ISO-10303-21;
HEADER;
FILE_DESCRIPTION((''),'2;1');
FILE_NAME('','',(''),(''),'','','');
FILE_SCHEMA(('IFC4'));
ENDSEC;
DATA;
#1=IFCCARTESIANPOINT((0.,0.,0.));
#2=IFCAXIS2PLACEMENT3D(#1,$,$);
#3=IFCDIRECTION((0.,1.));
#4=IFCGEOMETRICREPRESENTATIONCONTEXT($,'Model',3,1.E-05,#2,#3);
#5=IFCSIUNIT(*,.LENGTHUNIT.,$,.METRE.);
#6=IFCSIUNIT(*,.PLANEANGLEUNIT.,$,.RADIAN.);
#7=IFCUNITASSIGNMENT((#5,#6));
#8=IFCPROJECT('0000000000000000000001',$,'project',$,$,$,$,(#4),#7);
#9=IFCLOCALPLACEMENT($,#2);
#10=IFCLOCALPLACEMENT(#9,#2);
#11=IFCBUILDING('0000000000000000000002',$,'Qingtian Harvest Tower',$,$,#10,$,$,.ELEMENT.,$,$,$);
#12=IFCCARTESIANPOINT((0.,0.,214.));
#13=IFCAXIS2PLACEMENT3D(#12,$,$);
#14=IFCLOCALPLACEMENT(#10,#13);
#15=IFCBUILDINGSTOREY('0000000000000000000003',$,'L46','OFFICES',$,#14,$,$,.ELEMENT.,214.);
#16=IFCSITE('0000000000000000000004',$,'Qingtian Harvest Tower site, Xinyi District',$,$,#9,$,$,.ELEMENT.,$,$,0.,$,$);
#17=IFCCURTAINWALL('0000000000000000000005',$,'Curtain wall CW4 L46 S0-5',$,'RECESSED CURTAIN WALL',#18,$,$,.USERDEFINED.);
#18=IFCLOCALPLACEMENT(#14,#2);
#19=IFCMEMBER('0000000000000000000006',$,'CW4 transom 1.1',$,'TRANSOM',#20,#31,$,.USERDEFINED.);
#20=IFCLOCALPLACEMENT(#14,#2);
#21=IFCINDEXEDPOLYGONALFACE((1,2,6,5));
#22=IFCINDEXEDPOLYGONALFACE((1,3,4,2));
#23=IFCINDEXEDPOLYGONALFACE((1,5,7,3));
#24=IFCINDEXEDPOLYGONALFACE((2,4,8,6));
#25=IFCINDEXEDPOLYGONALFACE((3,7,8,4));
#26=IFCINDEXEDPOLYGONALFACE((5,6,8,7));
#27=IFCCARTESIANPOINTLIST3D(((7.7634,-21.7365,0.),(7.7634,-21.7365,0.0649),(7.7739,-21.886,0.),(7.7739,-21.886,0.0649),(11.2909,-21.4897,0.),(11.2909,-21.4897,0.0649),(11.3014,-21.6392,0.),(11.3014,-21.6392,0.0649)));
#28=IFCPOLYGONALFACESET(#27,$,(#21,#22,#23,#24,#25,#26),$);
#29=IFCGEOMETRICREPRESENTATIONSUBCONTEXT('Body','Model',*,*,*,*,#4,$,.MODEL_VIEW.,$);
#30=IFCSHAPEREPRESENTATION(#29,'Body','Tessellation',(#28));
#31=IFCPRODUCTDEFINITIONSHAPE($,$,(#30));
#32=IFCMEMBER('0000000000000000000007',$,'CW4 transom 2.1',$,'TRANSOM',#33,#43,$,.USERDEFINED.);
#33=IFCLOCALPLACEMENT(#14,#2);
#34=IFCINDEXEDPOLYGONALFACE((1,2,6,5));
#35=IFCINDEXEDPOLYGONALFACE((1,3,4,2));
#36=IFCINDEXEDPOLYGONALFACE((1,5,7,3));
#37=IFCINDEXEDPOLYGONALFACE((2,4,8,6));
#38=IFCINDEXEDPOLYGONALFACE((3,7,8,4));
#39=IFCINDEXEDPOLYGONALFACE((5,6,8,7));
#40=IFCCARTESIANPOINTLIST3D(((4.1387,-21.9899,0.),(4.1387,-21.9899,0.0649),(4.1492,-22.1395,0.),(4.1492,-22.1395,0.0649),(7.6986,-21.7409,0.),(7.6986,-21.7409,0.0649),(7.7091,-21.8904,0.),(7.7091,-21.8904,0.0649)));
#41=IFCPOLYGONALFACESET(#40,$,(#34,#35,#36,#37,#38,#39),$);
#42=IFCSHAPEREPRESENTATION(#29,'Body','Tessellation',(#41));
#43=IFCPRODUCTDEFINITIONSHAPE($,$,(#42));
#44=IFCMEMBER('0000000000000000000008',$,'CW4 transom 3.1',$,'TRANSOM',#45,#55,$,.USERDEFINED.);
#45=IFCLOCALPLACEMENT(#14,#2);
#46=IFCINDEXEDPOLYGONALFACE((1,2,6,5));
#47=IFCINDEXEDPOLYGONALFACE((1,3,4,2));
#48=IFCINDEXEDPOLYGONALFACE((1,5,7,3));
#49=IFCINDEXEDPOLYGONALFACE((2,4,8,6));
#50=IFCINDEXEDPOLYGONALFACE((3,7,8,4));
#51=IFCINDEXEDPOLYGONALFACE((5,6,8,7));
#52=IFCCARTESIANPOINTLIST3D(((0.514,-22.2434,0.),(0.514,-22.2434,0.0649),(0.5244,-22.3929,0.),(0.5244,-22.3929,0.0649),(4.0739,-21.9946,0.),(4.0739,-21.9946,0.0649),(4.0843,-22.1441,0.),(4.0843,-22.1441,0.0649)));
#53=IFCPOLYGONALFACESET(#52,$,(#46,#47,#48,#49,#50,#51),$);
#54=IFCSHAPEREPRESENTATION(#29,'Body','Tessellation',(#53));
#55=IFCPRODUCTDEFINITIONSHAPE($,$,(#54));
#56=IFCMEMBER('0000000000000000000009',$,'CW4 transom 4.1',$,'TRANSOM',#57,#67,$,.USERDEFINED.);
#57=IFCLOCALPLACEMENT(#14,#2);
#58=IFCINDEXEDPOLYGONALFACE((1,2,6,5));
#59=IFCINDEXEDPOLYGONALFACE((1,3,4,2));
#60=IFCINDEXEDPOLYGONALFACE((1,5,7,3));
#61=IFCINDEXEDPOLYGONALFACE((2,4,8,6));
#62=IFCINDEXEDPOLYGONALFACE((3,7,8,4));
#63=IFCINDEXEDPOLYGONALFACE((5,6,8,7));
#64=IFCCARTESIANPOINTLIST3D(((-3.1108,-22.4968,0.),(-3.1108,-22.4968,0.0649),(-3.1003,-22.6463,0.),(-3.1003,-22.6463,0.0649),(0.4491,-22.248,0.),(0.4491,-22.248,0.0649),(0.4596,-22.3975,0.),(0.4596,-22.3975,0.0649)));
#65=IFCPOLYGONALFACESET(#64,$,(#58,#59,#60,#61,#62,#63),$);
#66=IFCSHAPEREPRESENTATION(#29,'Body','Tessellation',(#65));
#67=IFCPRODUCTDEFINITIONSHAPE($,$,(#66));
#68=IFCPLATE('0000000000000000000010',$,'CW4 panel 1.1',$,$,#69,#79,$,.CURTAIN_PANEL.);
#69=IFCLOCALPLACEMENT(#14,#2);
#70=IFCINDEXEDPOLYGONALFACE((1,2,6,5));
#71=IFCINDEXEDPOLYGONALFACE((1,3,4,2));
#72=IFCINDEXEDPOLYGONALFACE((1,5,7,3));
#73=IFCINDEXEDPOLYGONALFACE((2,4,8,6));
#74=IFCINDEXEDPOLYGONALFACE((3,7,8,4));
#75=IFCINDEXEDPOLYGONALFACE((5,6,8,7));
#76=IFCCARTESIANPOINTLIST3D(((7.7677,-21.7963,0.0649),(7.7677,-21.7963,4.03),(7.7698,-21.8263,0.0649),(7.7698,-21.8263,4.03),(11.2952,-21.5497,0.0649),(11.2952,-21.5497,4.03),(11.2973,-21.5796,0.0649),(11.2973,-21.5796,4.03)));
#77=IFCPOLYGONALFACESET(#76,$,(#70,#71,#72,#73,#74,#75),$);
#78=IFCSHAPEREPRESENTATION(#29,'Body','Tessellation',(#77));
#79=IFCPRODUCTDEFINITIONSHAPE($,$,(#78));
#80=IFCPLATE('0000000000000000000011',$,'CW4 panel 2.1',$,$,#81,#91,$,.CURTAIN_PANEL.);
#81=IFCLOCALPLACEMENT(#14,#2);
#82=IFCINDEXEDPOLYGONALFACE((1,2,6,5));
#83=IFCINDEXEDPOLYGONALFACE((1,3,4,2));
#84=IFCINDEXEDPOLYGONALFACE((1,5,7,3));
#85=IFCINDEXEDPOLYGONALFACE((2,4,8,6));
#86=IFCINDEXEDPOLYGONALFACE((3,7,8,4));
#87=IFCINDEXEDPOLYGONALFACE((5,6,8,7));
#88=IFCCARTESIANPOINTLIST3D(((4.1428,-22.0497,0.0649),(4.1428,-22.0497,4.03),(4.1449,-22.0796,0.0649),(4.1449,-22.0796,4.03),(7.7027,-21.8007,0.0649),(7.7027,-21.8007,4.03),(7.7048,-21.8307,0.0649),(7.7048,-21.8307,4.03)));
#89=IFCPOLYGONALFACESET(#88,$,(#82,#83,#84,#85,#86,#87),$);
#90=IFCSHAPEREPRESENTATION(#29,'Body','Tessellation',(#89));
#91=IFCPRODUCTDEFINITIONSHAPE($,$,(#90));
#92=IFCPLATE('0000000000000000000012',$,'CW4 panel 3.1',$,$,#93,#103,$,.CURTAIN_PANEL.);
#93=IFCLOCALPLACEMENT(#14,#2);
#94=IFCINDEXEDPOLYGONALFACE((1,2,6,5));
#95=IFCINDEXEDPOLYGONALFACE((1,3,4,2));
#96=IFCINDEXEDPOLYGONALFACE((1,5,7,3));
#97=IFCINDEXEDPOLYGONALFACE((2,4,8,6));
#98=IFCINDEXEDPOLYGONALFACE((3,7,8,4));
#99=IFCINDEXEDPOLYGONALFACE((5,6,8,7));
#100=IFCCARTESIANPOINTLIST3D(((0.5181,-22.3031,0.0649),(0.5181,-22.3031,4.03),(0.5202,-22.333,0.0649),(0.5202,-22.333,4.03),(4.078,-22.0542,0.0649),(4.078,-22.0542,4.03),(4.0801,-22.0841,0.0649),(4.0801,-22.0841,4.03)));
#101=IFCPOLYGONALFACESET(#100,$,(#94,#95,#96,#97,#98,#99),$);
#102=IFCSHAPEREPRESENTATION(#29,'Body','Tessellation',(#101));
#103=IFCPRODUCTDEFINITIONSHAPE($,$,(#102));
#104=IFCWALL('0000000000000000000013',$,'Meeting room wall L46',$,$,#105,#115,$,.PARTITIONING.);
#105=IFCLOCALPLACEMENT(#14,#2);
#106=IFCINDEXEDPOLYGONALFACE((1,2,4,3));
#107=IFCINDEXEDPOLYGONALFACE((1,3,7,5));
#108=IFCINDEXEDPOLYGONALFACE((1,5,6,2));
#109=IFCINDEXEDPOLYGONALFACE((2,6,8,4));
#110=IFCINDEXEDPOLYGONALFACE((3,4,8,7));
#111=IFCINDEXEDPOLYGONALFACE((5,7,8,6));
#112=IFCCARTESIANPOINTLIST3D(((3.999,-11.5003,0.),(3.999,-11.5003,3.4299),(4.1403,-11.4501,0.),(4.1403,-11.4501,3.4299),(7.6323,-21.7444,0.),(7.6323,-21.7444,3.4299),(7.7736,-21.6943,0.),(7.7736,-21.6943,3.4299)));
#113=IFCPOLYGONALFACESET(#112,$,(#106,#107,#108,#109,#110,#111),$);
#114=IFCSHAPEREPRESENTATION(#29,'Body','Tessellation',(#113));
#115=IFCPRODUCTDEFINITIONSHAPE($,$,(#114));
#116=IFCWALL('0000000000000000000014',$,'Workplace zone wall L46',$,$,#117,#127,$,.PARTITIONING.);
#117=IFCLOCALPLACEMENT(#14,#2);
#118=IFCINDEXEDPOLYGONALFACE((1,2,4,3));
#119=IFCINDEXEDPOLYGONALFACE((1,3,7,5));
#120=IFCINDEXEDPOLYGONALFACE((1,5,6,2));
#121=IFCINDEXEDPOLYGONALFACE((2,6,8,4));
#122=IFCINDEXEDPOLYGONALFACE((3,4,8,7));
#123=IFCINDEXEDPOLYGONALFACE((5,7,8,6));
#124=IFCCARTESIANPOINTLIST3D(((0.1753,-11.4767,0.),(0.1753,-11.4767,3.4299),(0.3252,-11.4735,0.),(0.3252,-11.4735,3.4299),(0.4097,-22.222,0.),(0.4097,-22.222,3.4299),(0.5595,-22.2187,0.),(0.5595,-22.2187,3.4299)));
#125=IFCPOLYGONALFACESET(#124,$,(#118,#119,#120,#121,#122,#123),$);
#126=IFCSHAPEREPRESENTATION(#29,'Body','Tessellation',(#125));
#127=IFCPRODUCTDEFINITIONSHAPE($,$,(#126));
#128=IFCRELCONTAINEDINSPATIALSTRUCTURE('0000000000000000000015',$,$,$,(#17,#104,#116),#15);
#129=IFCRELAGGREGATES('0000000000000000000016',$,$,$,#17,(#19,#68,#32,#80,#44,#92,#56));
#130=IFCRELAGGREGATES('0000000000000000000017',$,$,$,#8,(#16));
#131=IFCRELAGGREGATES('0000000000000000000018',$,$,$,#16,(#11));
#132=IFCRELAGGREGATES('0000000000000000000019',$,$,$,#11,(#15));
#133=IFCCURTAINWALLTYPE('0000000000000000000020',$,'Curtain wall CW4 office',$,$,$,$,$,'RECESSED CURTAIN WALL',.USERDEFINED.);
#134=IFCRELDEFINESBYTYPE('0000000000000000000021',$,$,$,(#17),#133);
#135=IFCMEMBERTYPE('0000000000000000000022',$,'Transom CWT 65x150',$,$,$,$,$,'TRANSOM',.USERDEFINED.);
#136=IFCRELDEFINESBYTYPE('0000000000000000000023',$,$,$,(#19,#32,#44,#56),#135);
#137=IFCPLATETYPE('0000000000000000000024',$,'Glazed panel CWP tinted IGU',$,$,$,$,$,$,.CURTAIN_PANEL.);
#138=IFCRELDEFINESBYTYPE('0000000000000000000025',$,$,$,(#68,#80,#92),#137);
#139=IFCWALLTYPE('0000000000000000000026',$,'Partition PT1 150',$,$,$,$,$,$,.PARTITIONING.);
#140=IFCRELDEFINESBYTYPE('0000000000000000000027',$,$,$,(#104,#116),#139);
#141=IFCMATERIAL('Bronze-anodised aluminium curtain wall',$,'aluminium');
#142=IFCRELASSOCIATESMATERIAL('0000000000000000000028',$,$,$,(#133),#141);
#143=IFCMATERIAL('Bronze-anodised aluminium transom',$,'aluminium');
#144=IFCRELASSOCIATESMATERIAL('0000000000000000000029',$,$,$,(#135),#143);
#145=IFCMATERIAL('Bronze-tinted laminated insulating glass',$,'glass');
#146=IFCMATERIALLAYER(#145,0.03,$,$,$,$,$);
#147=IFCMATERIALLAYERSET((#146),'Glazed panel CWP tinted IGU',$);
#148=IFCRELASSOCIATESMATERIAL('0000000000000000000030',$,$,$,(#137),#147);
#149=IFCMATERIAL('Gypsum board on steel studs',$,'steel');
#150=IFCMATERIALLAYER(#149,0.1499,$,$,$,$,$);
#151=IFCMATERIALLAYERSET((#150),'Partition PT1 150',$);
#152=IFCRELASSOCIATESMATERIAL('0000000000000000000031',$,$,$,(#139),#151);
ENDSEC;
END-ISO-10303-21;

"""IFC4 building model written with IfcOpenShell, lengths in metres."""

from ifc_helpers import new_model, si_unit, direction, frame, frame_2d, origin, origin_2d, place, context, subcontext, project, spatial, rectangle, extrude, material, layer, layer_set, material_profile, profile_set, type_object, element, aggregate, save


model = new_model("IFC4")

# Units and contexts
model_context = context("Model", 3, precision=1e-05, world=origin(), true_north=direction((0.0, 1.0)))
body_context = subcontext(model_context, "Body", "Model", "MODEL_VIEW")
ifc_project = project(units=[si_unit("LENGTHUNIT", "METRE"), si_unit("PLANEANGLEUNIT", "RADIAN")], contexts=[model_context])

# Site, building, storey
site_placement = place(None, origin())
site = spatial("IfcSite", under=ifc_project, at=site_placement, Name="Qingtian Harvest Tower site, Xinyi District", CompositionType="ELEMENT", RefElevation=0.0)
building_placement = place(site_placement, origin())
building = spatial("IfcBuilding", under=site, at=building_placement, Name="Qingtian Harvest Tower", CompositionType="ELEMENT")
storey_placement = place(building_placement, frame((0.0, 0.0, 214.0)))
storey = spatial("IfcBuildingStorey", under=building, at=storey_placement, Name="L46", Description="OFFICES", CompositionType="ELEMENT", Elevation=214.0)

# Shared definitions
ifc_material_1 = material(Name="Bronze-anodised aluminium curtain wall", Category="aluminium")
curtain_wall_type = type_object("IfcCurtainWallType", Name="Curtain wall CW4 office", ElementType="RECESSED CURTAIN WALL", PredefinedType="USERDEFINED", material=ifc_material_1)

# Curtain wall
curtain_wall_1_placement = place(storey_placement, origin())
curtain_wall_1 = element("IfcCurtainWall", 1, at=curtain_wall_1_placement, inside=storey, type_object=curtain_wall_type, Name="Curtain wall CW4 L46 S0-5", ObjectType="RECESSED CURTAIN WALL", PredefinedType="USERDEFINED")

# Members
ifc_material_2 = material(Name="Bronze-anodised aluminium transom", Category="aluminium")
ifc_material_profile_1 = material_profile(ifc_material_2, rectangle(XDim=0.1499, YDim=0.0649, at=origin_2d()), Name="AL 65x150")
ifc_profile_set_1 = profile_set([ifc_material_profile_1], Name="Bronze-anodised aluminium transom")
member_type_1 = type_object("IfcMemberType", Name="Transom CWT 65x150", ElementType="TRANSOM", PredefinedType="USERDEFINED", material=ifc_profile_set_1)
member_1_placement = place(storey_placement, frame((11.2961, -21.5645, 0.0325), z_axis=(-0.997561, -0.0698, 0.0), x_axis=(0.0698, -0.997561, 0.0)))
member_1 = element("IfcMember", 2, at=member_1_placement, type_object=member_type_1, Name="CW4 transom 1.1", ObjectType="TRANSOM", PredefinedType="USERDEFINED", context=body_context, shape_type="SweptSolid", body=[
    extrude(rectangle(XDim=0.1499, YDim=0.0649, at=origin_2d()), origin(), (0.0, 0.0, 1.0), 3.5361),
])
member_2_placement = place(storey_placement, frame((7.7039, -21.8157, 0.0325), z_axis=(-0.997562, -0.069784, 0.0), x_axis=(0.069784, -0.997562, 0.0)))
member_2 = element("IfcMember", 3, at=member_2_placement, type_object=member_type_1, Name="CW4 transom 2.1", ObjectType="TRANSOM", PredefinedType="USERDEFINED", context=body_context, shape_type="SweptSolid", body=[
    extrude(rectangle(XDim=0.1499, YDim=0.0649, at=origin_2d()), origin(), (0.0, 0.0, 1.0), 3.5686),
])
member_3_placement = place(storey_placement, frame((4.0791, -22.0693, 0.0325), z_axis=(-0.997567, -0.069715, 0.0), x_axis=(0.069715, -0.997567, 0.0)))
member_3 = element("IfcMember", 4, at=member_3_placement, type_object=member_type_1, Name="CW4 transom 3.1", ObjectType="TRANSOM", PredefinedType="USERDEFINED", context=body_context, shape_type="SweptSolid", body=[
    extrude(rectangle(XDim=0.1499, YDim=0.0649, at=origin_2d()), origin(), (0.0, 0.0, 1.0), 3.5686),
])
member_4_placement = place(storey_placement, frame((0.4543, -22.3228, 0.0325), z_axis=(-0.997567, -0.069715, 0.0), x_axis=(0.069715, -0.997567, 0.0)))
member_4 = element("IfcMember", 5, at=member_4_placement, type_object=member_type_1, Name="CW4 transom 4.1", ObjectType="TRANSOM", PredefinedType="USERDEFINED", context=body_context, shape_type="SweptSolid", body=[
    extrude(rectangle(XDim=0.1499, YDim=0.0649, at=origin_2d()), origin(), (0.0, 0.0, 1.0), 3.5686),
])

# Plates
ifc_material_3 = material(Name="Bronze-tinted laminated insulating glass", Category="glass")
ifc_layer_1 = layer(ifc_material_3, 0.03)
ifc_layer_set_1 = layer_set([ifc_layer_1], Name="Glazed panel CWP tinted IGU")
plate_type = type_object("IfcPlateType", Name="Glazed panel CWP tinted IGU", PredefinedType="CURTAIN_PANEL", material=ifc_layer_set_1)
plate_1_placement = place(storey_placement, frame((9.5325, -21.688, 0.0649), z_axis=(0.0, 0.0, 1.0), x_axis=(-0.997564, -0.069756, 0.0)))
plate_1 = element("IfcPlate", 6, at=plate_1_placement, type_object=plate_type, Name="CW4 panel 1.1", PredefinedType="CURTAIN_PANEL", context=body_context, shape_type="SweptSolid", body=[
    extrude(rectangle(XDim=3.5361, YDim=0.03, at=origin_2d()), origin(), (0.0, 0.0, 1.0), 3.9651),
])
plate_2_placement = place(storey_placement, frame((5.9238, -21.9402, 0.0649), z_axis=(0.0, 0.0, 1.0), x_axis=(-0.997564, -0.069756, 0.0)))
plate_2 = element("IfcPlate", 7, at=plate_2_placement, type_object=plate_type, Name="CW4 panel 2.1", PredefinedType="CURTAIN_PANEL", context=body_context, shape_type="SweptSolid", body=[
    extrude(rectangle(XDim=3.5686, YDim=0.03, at=origin_2d()), origin(), (0.0, 0.0, 1.0), 3.9651),
])
plate_3_placement = place(storey_placement, frame((2.2991, -22.1936, 0.0649), z_axis=(0.0, 0.0, 1.0), x_axis=(-0.997564, -0.069756, 0.0)))
plate_3 = element("IfcPlate", 8, at=plate_3_placement, type_object=plate_type, Name="CW4 panel 3.1", PredefinedType="CURTAIN_PANEL", context=body_context, shape_type="SweptSolid", body=[
    extrude(rectangle(XDim=3.5686, YDim=0.03, at=origin_2d()), origin(), (0.0, 0.0, 1.0), 3.9651),
])
aggregate(curtain_wall_1, [member_1, plate_1, member_2, plate_2, member_3, plate_3, member_4])

# Walls
ifc_material_4 = material(Name="Gypsum board on steel studs", Category="steel")
ifc_layer_2 = layer(ifc_material_4, 0.1499)
ifc_layer_set_2 = layer_set([ifc_layer_2], Name="Partition PT1 150")
wall_type = type_object("IfcWallType", Name="Partition PT1 150", PredefinedType="PARTITIONING", material=ifc_layer_set_2)
wall_1_placement = place(storey_placement, frame((7.7029, -21.7192, 0.0), z_axis=(0.0, 0.0, 1.0), x_axis=(-0.33427, 0.942478, 0.0)))
element("IfcWall", 9, at=wall_1_placement, inside=storey, type_object=wall_type, Name="Meeting room wall L46", PredefinedType="PARTITIONING", context=body_context, shape_type="SweptSolid", body=[
    extrude(rectangle(XDim=10.8694, YDim=0.1499, at=frame_2d((5.4346, 0.0))), origin(), (0.0, 0.0, 1.0), 3.4299),
])
wall_2_placement = place(storey_placement, frame((0.4846, -22.2205, 0.0), z_axis=(0.0, 0.0, 1.0), x_axis=(-0.021807, 0.999762, 0.0)))
element("IfcWall", 10, at=wall_2_placement, inside=storey, type_object=wall_type, Name="Workplace zone wall L46", PredefinedType="PARTITIONING", context=body_context, shape_type="SweptSolid", body=[
    extrude(rectangle(XDim=10.7478, YDim=0.1499, at=frame_2d((5.374, 0.0))), origin(), (0.0, 0.0, 1.0), 3.4299),
])

save(model, "model.ifc")
